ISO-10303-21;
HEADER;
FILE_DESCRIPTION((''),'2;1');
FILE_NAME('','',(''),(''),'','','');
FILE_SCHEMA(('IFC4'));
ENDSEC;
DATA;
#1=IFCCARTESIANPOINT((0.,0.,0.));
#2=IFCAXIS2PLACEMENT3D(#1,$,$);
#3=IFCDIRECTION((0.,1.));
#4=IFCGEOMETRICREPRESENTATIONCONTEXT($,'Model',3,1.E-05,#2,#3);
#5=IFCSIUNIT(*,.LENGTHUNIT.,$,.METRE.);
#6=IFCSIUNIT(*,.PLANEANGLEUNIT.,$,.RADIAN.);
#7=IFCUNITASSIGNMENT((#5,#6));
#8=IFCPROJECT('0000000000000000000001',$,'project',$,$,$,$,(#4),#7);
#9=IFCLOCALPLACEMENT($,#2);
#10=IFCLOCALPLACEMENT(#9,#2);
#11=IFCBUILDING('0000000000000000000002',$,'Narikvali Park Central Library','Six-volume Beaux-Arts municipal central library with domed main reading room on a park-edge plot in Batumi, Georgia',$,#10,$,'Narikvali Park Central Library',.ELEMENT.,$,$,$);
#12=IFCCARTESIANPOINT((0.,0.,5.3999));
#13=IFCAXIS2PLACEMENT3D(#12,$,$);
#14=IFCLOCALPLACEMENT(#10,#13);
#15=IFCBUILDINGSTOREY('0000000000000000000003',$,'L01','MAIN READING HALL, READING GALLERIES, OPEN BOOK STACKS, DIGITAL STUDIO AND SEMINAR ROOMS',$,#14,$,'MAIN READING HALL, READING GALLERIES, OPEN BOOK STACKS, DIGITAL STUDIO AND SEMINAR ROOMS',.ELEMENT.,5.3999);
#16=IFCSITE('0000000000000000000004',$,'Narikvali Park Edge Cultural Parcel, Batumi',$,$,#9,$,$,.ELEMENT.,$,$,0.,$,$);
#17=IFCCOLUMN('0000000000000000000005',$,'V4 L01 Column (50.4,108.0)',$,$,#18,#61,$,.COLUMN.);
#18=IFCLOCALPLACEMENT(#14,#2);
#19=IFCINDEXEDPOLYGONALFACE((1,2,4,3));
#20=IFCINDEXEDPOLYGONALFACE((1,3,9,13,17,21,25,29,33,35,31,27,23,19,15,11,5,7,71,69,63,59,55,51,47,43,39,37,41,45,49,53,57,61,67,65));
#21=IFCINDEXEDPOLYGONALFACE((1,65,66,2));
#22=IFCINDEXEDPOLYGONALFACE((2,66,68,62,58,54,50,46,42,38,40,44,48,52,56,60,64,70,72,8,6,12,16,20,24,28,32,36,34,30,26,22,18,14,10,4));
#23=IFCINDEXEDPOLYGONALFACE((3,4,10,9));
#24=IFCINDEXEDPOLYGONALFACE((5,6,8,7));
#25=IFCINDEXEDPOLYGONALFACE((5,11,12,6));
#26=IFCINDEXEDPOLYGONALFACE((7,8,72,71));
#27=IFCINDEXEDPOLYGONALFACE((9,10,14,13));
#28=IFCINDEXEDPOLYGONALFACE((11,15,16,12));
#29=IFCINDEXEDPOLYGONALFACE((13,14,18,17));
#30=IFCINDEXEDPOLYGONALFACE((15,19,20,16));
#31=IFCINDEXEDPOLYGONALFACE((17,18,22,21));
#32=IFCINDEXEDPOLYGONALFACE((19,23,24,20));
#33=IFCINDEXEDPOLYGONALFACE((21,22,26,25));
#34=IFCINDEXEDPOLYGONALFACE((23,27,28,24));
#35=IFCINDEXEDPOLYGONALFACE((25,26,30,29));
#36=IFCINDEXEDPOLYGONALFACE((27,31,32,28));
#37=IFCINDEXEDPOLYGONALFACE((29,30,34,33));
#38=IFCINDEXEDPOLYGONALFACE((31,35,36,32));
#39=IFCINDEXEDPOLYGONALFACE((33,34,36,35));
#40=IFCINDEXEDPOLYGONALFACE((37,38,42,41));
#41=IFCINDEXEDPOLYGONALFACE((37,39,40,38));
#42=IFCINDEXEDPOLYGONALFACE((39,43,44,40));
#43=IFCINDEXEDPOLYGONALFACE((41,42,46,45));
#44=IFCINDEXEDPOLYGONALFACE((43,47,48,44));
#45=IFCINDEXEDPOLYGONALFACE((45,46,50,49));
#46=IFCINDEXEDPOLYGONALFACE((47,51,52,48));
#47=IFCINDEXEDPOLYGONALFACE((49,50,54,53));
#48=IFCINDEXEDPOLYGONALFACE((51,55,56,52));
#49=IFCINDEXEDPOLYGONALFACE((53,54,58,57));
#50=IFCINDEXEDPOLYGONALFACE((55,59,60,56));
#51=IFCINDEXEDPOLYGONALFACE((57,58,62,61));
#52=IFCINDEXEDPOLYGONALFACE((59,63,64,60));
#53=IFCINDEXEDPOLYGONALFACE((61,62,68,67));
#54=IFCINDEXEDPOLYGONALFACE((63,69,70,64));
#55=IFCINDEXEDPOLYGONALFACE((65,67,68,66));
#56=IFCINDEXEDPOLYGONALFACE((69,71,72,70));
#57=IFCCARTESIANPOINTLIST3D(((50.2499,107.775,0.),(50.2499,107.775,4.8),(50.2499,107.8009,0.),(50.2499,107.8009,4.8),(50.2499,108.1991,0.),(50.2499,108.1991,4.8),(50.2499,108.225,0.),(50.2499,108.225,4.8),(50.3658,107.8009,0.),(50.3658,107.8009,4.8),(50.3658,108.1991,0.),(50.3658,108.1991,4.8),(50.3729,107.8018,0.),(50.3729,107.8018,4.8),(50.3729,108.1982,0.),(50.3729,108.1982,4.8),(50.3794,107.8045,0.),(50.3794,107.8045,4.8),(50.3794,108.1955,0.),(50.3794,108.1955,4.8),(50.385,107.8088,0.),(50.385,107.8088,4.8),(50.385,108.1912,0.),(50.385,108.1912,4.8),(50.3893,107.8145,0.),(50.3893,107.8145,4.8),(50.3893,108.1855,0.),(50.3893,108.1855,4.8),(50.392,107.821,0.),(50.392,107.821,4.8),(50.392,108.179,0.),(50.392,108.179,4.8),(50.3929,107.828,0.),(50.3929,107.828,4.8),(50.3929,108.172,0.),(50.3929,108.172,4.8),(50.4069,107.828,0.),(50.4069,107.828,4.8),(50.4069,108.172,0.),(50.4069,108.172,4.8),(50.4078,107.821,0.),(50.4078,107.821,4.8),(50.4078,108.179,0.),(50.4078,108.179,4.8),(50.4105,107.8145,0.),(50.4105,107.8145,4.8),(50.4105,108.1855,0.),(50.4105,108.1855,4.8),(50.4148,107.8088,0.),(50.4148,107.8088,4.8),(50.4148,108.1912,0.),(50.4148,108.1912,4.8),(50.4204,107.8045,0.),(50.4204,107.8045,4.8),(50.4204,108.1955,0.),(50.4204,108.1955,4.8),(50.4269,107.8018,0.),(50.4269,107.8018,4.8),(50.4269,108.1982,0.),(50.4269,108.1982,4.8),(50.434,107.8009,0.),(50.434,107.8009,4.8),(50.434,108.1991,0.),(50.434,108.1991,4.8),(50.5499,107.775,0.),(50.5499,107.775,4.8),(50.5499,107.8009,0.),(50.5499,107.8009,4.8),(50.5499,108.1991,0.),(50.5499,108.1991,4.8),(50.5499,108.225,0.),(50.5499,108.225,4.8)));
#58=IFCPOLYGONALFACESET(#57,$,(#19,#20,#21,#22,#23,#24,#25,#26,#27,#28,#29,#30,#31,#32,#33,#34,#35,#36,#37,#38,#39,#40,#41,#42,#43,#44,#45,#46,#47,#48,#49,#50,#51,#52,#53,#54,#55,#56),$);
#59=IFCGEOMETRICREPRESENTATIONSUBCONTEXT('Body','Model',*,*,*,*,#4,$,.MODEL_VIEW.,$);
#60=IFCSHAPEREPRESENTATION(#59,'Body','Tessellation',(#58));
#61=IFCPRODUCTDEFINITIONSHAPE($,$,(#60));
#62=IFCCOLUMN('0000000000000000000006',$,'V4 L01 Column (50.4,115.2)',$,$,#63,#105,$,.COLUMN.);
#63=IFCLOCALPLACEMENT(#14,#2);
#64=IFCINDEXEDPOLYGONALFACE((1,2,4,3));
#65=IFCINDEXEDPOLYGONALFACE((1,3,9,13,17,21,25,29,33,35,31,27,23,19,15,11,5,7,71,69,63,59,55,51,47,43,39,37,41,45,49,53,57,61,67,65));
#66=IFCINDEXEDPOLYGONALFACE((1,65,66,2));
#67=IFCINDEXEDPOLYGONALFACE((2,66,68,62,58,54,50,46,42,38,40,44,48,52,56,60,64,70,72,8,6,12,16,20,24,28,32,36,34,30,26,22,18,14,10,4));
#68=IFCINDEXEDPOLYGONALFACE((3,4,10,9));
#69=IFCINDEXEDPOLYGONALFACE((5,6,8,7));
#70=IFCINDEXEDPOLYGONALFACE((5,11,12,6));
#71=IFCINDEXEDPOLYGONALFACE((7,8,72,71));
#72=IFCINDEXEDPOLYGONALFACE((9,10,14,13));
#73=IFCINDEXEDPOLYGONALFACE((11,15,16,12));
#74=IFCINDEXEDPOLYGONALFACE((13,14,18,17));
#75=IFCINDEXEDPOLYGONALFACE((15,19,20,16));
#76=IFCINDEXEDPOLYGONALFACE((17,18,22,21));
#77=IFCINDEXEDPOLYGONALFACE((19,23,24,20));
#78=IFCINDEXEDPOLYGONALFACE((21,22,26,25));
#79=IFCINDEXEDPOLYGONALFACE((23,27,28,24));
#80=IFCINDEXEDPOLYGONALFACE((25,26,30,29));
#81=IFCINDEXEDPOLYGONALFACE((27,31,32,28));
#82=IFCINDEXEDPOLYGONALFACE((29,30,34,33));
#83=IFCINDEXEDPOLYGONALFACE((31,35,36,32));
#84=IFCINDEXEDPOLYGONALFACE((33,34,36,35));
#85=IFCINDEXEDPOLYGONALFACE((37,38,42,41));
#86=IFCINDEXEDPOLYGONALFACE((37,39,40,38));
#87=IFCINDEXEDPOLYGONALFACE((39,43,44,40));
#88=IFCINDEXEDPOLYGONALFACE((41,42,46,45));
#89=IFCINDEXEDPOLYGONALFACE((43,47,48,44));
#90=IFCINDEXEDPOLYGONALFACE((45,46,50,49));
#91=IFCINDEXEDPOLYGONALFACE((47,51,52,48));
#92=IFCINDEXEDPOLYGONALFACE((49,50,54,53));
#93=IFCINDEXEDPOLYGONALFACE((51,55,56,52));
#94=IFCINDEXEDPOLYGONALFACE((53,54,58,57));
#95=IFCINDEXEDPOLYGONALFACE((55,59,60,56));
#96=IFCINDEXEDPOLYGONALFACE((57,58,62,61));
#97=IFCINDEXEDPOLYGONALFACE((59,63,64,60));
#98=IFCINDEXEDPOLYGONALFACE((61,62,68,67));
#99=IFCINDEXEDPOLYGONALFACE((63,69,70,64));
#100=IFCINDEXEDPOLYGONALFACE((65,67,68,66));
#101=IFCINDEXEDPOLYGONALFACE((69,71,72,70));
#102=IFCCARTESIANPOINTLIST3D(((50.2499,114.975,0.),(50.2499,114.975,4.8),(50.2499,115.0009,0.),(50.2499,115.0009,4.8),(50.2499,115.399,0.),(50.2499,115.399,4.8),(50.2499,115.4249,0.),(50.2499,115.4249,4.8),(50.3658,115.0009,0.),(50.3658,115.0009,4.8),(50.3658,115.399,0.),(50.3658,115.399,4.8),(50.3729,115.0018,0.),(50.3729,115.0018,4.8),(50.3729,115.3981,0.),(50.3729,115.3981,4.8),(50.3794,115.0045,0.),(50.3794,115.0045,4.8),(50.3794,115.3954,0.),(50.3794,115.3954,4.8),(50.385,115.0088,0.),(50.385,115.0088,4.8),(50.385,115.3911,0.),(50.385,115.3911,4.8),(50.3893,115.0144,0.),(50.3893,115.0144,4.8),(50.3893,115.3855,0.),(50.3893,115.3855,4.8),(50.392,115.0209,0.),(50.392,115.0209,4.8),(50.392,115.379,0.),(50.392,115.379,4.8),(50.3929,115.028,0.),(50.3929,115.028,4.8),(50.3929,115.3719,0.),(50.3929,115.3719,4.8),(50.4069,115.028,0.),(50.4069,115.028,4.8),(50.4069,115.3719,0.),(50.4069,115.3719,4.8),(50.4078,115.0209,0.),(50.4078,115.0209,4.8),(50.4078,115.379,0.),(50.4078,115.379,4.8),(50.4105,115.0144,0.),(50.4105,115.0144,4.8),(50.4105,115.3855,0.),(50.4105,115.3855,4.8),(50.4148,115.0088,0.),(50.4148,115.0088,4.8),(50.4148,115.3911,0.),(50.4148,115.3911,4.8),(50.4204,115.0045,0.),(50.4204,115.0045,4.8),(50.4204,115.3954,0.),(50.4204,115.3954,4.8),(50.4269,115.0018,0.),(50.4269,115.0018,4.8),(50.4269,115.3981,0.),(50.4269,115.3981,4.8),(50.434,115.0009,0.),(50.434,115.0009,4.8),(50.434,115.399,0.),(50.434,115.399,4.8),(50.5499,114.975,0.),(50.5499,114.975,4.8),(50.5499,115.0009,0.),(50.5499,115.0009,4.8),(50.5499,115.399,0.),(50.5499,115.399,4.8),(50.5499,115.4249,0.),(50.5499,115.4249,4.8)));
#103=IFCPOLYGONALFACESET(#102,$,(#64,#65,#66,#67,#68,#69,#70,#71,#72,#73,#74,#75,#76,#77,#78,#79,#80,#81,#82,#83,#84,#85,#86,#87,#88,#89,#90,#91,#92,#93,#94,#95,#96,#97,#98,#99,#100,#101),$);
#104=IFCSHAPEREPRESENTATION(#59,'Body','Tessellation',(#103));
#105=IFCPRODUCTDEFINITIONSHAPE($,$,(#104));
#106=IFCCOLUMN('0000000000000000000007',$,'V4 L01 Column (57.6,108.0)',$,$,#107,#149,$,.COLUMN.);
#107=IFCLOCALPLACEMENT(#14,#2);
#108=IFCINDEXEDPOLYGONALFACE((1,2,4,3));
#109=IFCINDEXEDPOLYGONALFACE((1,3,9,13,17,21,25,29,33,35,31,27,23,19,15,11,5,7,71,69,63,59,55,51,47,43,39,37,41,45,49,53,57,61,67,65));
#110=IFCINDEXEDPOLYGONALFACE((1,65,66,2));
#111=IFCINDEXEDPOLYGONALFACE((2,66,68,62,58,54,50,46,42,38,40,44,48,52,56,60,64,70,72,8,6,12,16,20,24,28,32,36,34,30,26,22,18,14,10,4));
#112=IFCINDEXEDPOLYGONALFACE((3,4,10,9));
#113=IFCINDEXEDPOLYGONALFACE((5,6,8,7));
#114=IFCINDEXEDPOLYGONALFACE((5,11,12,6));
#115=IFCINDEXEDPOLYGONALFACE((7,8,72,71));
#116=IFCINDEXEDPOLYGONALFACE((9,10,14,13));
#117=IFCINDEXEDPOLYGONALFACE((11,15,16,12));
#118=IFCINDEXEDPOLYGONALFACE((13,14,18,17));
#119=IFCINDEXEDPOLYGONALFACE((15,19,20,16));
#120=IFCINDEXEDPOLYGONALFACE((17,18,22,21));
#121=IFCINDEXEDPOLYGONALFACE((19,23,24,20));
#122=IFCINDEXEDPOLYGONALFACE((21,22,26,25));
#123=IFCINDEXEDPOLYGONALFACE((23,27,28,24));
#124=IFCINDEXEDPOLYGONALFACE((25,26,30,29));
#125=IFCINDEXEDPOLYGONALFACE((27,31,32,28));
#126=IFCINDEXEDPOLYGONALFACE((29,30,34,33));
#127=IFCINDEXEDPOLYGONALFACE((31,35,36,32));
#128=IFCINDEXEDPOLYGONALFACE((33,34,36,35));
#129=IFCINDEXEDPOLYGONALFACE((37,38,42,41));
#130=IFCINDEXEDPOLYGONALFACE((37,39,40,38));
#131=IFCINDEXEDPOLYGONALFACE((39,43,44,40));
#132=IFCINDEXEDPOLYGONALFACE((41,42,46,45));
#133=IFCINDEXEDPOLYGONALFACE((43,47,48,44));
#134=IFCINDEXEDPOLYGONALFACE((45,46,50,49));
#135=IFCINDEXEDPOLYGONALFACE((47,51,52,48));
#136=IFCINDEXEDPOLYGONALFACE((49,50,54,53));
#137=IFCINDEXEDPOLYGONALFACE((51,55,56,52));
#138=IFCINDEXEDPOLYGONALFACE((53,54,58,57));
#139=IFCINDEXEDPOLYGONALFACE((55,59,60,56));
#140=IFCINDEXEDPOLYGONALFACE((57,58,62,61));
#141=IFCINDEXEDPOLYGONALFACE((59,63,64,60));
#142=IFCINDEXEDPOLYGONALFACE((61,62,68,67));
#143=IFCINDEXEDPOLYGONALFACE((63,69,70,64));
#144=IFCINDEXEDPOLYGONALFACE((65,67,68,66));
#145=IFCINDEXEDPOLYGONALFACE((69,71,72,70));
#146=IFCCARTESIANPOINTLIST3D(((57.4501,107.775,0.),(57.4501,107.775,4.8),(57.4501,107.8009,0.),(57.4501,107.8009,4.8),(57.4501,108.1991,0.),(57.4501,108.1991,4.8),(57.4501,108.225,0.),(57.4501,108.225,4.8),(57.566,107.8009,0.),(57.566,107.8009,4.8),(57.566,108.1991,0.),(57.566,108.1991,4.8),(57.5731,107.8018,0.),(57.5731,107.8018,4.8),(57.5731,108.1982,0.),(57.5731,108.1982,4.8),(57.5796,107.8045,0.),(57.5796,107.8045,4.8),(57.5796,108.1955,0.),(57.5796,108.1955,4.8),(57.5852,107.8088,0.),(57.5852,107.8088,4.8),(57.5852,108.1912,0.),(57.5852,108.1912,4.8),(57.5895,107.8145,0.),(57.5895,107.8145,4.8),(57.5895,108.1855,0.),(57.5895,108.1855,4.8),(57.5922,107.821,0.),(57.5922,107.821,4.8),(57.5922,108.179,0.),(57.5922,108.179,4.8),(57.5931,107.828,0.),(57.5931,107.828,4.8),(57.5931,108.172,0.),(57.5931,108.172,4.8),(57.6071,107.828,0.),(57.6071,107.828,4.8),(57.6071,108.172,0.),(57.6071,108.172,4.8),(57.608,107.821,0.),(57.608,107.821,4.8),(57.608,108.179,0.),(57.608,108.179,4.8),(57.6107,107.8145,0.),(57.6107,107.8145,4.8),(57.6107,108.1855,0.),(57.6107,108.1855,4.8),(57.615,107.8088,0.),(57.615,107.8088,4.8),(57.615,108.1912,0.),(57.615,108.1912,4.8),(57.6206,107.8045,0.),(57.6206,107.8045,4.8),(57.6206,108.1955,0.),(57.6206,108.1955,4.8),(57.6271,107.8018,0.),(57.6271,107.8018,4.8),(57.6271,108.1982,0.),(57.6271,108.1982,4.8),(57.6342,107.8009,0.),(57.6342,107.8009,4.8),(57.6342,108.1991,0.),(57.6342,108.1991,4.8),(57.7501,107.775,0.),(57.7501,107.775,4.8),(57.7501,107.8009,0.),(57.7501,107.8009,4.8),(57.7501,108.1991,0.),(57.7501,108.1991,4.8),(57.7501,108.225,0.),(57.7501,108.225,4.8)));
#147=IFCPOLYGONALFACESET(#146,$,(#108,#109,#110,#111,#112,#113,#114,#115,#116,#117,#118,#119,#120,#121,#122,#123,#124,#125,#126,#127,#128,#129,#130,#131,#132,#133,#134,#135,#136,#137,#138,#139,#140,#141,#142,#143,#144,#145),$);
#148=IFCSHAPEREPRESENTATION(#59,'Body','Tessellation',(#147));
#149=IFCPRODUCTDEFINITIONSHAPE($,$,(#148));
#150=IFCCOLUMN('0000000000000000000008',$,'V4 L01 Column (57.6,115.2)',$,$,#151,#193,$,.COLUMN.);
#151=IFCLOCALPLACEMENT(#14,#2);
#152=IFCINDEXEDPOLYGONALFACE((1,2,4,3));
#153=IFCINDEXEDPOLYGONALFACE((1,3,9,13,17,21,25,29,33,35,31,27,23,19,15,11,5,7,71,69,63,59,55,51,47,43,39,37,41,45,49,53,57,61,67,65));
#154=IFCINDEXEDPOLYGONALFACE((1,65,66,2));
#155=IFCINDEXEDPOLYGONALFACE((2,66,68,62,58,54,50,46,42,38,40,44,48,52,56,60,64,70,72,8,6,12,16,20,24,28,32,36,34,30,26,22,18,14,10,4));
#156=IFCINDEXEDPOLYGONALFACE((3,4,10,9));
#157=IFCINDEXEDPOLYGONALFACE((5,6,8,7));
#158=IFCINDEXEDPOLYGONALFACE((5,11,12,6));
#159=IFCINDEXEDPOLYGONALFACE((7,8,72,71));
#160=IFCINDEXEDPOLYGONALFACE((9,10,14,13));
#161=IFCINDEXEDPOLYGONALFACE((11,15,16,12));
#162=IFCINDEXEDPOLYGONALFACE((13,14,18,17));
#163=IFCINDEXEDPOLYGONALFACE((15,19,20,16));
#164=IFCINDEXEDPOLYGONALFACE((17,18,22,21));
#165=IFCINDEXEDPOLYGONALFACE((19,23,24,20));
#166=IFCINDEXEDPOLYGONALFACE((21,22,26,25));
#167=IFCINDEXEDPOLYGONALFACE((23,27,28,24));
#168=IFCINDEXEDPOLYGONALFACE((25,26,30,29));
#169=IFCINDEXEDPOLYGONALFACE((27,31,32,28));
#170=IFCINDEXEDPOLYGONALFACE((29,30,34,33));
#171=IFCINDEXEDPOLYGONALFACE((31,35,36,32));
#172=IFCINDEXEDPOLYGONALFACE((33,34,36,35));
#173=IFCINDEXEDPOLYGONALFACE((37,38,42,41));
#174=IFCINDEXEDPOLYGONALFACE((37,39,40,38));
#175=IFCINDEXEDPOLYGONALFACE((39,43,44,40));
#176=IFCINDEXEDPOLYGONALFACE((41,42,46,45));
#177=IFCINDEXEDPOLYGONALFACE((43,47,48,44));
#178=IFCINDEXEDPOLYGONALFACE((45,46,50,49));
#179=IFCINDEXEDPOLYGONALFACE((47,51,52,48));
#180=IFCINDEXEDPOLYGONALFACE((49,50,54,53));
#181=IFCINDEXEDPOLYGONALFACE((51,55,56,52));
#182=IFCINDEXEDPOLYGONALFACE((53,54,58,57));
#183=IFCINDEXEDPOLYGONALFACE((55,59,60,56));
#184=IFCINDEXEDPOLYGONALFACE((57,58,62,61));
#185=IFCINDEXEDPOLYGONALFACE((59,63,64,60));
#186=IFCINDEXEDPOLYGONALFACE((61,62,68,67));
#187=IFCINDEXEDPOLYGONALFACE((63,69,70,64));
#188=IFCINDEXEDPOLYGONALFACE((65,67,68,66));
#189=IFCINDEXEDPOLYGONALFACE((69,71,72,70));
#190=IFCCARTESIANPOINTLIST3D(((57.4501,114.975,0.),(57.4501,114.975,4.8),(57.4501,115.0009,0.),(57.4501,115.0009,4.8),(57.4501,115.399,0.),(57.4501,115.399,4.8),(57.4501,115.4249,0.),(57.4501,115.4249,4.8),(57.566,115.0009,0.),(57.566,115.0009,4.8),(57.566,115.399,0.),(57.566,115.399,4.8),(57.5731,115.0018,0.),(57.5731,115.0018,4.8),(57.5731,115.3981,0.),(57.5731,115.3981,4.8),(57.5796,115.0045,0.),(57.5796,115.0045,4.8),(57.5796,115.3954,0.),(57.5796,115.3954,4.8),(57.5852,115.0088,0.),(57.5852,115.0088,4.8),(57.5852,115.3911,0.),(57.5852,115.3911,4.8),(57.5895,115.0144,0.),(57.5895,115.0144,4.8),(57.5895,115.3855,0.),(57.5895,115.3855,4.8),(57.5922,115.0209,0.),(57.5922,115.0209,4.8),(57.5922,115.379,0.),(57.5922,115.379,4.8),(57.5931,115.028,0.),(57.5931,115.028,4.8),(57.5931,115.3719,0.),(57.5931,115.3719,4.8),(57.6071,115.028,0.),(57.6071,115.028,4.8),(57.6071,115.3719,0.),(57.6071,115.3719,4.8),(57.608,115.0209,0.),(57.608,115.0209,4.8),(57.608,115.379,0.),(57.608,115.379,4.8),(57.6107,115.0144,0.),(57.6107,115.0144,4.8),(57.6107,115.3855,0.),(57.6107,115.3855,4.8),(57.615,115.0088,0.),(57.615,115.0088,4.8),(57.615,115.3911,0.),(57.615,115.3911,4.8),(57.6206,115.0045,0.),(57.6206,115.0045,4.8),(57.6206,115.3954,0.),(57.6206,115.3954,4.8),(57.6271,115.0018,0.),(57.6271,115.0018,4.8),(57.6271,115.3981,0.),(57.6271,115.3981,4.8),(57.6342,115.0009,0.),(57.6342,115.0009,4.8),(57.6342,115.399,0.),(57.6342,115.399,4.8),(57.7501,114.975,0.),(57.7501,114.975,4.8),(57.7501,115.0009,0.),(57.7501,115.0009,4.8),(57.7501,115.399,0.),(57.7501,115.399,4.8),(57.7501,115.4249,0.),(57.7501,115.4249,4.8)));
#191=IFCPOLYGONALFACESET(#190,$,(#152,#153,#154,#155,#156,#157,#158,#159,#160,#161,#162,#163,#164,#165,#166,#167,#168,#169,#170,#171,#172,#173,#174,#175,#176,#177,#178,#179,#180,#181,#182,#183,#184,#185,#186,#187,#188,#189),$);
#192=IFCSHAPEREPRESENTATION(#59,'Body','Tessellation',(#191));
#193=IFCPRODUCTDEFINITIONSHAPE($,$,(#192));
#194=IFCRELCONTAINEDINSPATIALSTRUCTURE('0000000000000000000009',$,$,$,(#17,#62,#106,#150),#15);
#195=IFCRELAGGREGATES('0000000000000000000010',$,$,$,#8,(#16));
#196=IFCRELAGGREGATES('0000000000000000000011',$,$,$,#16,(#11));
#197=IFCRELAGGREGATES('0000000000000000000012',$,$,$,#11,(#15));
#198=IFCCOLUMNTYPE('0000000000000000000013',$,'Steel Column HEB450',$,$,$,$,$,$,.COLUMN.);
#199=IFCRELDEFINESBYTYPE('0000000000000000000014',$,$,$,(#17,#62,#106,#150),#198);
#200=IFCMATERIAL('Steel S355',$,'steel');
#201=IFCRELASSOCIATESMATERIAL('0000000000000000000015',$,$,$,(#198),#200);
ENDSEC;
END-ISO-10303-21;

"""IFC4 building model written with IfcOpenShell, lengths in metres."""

from ifc_helpers import new_model, si_unit, direction, frame, origin, origin_2d, place, context, subcontext, project, spatial, i_section, extrude, material, material_profile, profile_set, type_object, element, save


model = new_model("IFC4")

# Units and contexts
model_context = context("Model", 3, precision=1e-05, world=origin(), true_north=direction((0.0, 1.0)))
body_context = subcontext(model_context, "Body", "Model", "MODEL_VIEW")
ifc_project = project(units=[si_unit("LENGTHUNIT", "METRE"), si_unit("PLANEANGLEUNIT", "RADIAN")], contexts=[model_context])

# Site, building, storey
site_placement = place(None, origin())
site = spatial("IfcSite", under=ifc_project, at=site_placement, Name="Narikvali Park Edge Cultural Parcel, Batumi", CompositionType="ELEMENT", RefElevation=0.0)
building_placement = place(site_placement, origin())
building = spatial("IfcBuilding", under=site, at=building_placement, Name="Narikvali Park Central Library", Description="Six-volume Beaux-Arts municipal central library with domed main reading room on a park-edge plot in Batumi, Georgia", LongName="Narikvali Park Central Library", CompositionType="ELEMENT")
storey_placement = place(building_placement, frame((0.0, 0.0, 5.3999)))
storey = spatial("IfcBuildingStorey", under=building, at=storey_placement, Name="L01", Description="MAIN READING HALL, READING GALLERIES, OPEN BOOK STACKS, DIGITAL STUDIO AND SEMINAR ROOMS", LongName="MAIN READING HALL, READING GALLERIES, OPEN BOOK STACKS, DIGITAL STUDIO AND SEMINAR ROOMS", CompositionType="ELEMENT", Elevation=5.3999)

# Columns
ifc_material_1 = material(Name="Steel S355", Category="steel")
ifc_material_profile_1 = material_profile(ifc_material_1, i_section(OverallWidth=0.3, OverallDepth=0.45, WebThickness=0.0139, FlangeThickness=0.0259, FilletRadius=0.0271, at=origin_2d()), Name="HEB 450")
ifc_profile_set_1 = profile_set([ifc_material_profile_1], Name="Steel S355")
column_type = type_object("IfcColumnType", Name="Steel Column HEB450", PredefinedType="COLUMN", material=ifc_profile_set_1)
for number, where, z_axis, x_axis, name in (
    (1, (50.3999, 108.0, 0.0), (0.0, 0.0, 1.0), (1.0, 0.0, 0.0), "V4 L01 Column (50.4,108.0)"),
    (2, (50.3999, 115.2, 0.0), (0.0, 0.0, 1.0), (1.0, 0.0, 0.0), "V4 L01 Column (50.4,115.2)"),
    (3, (57.6001, 108.0, 0.0), (0.0, 0.0, 1.0), (1.0, 0.0, 0.0), "V4 L01 Column (57.6,108.0)"),
    (4, (57.6001, 115.2, 0.0), (0.0, 0.0, 1.0), (1.0, 0.0, 0.0), "V4 L01 Column (57.6,115.2)"),
):
    element("IfcColumn", number, at=place(storey_placement, frame(where, z_axis=z_axis, x_axis=x_axis)), inside=storey, type_object=column_type, Name=name, PredefinedType="COLUMN", context=body_context, shape_type="SweptSolid", body=[
        extrude(i_section(OverallWidth=0.3, OverallDepth=0.45, WebThickness=0.0139, FlangeThickness=0.0259, FilletRadius=0.0271, at=origin_2d()), origin(), (0.0, 0.0, 1.0), 4.8),
    ])

save(model, "model.ifc")
